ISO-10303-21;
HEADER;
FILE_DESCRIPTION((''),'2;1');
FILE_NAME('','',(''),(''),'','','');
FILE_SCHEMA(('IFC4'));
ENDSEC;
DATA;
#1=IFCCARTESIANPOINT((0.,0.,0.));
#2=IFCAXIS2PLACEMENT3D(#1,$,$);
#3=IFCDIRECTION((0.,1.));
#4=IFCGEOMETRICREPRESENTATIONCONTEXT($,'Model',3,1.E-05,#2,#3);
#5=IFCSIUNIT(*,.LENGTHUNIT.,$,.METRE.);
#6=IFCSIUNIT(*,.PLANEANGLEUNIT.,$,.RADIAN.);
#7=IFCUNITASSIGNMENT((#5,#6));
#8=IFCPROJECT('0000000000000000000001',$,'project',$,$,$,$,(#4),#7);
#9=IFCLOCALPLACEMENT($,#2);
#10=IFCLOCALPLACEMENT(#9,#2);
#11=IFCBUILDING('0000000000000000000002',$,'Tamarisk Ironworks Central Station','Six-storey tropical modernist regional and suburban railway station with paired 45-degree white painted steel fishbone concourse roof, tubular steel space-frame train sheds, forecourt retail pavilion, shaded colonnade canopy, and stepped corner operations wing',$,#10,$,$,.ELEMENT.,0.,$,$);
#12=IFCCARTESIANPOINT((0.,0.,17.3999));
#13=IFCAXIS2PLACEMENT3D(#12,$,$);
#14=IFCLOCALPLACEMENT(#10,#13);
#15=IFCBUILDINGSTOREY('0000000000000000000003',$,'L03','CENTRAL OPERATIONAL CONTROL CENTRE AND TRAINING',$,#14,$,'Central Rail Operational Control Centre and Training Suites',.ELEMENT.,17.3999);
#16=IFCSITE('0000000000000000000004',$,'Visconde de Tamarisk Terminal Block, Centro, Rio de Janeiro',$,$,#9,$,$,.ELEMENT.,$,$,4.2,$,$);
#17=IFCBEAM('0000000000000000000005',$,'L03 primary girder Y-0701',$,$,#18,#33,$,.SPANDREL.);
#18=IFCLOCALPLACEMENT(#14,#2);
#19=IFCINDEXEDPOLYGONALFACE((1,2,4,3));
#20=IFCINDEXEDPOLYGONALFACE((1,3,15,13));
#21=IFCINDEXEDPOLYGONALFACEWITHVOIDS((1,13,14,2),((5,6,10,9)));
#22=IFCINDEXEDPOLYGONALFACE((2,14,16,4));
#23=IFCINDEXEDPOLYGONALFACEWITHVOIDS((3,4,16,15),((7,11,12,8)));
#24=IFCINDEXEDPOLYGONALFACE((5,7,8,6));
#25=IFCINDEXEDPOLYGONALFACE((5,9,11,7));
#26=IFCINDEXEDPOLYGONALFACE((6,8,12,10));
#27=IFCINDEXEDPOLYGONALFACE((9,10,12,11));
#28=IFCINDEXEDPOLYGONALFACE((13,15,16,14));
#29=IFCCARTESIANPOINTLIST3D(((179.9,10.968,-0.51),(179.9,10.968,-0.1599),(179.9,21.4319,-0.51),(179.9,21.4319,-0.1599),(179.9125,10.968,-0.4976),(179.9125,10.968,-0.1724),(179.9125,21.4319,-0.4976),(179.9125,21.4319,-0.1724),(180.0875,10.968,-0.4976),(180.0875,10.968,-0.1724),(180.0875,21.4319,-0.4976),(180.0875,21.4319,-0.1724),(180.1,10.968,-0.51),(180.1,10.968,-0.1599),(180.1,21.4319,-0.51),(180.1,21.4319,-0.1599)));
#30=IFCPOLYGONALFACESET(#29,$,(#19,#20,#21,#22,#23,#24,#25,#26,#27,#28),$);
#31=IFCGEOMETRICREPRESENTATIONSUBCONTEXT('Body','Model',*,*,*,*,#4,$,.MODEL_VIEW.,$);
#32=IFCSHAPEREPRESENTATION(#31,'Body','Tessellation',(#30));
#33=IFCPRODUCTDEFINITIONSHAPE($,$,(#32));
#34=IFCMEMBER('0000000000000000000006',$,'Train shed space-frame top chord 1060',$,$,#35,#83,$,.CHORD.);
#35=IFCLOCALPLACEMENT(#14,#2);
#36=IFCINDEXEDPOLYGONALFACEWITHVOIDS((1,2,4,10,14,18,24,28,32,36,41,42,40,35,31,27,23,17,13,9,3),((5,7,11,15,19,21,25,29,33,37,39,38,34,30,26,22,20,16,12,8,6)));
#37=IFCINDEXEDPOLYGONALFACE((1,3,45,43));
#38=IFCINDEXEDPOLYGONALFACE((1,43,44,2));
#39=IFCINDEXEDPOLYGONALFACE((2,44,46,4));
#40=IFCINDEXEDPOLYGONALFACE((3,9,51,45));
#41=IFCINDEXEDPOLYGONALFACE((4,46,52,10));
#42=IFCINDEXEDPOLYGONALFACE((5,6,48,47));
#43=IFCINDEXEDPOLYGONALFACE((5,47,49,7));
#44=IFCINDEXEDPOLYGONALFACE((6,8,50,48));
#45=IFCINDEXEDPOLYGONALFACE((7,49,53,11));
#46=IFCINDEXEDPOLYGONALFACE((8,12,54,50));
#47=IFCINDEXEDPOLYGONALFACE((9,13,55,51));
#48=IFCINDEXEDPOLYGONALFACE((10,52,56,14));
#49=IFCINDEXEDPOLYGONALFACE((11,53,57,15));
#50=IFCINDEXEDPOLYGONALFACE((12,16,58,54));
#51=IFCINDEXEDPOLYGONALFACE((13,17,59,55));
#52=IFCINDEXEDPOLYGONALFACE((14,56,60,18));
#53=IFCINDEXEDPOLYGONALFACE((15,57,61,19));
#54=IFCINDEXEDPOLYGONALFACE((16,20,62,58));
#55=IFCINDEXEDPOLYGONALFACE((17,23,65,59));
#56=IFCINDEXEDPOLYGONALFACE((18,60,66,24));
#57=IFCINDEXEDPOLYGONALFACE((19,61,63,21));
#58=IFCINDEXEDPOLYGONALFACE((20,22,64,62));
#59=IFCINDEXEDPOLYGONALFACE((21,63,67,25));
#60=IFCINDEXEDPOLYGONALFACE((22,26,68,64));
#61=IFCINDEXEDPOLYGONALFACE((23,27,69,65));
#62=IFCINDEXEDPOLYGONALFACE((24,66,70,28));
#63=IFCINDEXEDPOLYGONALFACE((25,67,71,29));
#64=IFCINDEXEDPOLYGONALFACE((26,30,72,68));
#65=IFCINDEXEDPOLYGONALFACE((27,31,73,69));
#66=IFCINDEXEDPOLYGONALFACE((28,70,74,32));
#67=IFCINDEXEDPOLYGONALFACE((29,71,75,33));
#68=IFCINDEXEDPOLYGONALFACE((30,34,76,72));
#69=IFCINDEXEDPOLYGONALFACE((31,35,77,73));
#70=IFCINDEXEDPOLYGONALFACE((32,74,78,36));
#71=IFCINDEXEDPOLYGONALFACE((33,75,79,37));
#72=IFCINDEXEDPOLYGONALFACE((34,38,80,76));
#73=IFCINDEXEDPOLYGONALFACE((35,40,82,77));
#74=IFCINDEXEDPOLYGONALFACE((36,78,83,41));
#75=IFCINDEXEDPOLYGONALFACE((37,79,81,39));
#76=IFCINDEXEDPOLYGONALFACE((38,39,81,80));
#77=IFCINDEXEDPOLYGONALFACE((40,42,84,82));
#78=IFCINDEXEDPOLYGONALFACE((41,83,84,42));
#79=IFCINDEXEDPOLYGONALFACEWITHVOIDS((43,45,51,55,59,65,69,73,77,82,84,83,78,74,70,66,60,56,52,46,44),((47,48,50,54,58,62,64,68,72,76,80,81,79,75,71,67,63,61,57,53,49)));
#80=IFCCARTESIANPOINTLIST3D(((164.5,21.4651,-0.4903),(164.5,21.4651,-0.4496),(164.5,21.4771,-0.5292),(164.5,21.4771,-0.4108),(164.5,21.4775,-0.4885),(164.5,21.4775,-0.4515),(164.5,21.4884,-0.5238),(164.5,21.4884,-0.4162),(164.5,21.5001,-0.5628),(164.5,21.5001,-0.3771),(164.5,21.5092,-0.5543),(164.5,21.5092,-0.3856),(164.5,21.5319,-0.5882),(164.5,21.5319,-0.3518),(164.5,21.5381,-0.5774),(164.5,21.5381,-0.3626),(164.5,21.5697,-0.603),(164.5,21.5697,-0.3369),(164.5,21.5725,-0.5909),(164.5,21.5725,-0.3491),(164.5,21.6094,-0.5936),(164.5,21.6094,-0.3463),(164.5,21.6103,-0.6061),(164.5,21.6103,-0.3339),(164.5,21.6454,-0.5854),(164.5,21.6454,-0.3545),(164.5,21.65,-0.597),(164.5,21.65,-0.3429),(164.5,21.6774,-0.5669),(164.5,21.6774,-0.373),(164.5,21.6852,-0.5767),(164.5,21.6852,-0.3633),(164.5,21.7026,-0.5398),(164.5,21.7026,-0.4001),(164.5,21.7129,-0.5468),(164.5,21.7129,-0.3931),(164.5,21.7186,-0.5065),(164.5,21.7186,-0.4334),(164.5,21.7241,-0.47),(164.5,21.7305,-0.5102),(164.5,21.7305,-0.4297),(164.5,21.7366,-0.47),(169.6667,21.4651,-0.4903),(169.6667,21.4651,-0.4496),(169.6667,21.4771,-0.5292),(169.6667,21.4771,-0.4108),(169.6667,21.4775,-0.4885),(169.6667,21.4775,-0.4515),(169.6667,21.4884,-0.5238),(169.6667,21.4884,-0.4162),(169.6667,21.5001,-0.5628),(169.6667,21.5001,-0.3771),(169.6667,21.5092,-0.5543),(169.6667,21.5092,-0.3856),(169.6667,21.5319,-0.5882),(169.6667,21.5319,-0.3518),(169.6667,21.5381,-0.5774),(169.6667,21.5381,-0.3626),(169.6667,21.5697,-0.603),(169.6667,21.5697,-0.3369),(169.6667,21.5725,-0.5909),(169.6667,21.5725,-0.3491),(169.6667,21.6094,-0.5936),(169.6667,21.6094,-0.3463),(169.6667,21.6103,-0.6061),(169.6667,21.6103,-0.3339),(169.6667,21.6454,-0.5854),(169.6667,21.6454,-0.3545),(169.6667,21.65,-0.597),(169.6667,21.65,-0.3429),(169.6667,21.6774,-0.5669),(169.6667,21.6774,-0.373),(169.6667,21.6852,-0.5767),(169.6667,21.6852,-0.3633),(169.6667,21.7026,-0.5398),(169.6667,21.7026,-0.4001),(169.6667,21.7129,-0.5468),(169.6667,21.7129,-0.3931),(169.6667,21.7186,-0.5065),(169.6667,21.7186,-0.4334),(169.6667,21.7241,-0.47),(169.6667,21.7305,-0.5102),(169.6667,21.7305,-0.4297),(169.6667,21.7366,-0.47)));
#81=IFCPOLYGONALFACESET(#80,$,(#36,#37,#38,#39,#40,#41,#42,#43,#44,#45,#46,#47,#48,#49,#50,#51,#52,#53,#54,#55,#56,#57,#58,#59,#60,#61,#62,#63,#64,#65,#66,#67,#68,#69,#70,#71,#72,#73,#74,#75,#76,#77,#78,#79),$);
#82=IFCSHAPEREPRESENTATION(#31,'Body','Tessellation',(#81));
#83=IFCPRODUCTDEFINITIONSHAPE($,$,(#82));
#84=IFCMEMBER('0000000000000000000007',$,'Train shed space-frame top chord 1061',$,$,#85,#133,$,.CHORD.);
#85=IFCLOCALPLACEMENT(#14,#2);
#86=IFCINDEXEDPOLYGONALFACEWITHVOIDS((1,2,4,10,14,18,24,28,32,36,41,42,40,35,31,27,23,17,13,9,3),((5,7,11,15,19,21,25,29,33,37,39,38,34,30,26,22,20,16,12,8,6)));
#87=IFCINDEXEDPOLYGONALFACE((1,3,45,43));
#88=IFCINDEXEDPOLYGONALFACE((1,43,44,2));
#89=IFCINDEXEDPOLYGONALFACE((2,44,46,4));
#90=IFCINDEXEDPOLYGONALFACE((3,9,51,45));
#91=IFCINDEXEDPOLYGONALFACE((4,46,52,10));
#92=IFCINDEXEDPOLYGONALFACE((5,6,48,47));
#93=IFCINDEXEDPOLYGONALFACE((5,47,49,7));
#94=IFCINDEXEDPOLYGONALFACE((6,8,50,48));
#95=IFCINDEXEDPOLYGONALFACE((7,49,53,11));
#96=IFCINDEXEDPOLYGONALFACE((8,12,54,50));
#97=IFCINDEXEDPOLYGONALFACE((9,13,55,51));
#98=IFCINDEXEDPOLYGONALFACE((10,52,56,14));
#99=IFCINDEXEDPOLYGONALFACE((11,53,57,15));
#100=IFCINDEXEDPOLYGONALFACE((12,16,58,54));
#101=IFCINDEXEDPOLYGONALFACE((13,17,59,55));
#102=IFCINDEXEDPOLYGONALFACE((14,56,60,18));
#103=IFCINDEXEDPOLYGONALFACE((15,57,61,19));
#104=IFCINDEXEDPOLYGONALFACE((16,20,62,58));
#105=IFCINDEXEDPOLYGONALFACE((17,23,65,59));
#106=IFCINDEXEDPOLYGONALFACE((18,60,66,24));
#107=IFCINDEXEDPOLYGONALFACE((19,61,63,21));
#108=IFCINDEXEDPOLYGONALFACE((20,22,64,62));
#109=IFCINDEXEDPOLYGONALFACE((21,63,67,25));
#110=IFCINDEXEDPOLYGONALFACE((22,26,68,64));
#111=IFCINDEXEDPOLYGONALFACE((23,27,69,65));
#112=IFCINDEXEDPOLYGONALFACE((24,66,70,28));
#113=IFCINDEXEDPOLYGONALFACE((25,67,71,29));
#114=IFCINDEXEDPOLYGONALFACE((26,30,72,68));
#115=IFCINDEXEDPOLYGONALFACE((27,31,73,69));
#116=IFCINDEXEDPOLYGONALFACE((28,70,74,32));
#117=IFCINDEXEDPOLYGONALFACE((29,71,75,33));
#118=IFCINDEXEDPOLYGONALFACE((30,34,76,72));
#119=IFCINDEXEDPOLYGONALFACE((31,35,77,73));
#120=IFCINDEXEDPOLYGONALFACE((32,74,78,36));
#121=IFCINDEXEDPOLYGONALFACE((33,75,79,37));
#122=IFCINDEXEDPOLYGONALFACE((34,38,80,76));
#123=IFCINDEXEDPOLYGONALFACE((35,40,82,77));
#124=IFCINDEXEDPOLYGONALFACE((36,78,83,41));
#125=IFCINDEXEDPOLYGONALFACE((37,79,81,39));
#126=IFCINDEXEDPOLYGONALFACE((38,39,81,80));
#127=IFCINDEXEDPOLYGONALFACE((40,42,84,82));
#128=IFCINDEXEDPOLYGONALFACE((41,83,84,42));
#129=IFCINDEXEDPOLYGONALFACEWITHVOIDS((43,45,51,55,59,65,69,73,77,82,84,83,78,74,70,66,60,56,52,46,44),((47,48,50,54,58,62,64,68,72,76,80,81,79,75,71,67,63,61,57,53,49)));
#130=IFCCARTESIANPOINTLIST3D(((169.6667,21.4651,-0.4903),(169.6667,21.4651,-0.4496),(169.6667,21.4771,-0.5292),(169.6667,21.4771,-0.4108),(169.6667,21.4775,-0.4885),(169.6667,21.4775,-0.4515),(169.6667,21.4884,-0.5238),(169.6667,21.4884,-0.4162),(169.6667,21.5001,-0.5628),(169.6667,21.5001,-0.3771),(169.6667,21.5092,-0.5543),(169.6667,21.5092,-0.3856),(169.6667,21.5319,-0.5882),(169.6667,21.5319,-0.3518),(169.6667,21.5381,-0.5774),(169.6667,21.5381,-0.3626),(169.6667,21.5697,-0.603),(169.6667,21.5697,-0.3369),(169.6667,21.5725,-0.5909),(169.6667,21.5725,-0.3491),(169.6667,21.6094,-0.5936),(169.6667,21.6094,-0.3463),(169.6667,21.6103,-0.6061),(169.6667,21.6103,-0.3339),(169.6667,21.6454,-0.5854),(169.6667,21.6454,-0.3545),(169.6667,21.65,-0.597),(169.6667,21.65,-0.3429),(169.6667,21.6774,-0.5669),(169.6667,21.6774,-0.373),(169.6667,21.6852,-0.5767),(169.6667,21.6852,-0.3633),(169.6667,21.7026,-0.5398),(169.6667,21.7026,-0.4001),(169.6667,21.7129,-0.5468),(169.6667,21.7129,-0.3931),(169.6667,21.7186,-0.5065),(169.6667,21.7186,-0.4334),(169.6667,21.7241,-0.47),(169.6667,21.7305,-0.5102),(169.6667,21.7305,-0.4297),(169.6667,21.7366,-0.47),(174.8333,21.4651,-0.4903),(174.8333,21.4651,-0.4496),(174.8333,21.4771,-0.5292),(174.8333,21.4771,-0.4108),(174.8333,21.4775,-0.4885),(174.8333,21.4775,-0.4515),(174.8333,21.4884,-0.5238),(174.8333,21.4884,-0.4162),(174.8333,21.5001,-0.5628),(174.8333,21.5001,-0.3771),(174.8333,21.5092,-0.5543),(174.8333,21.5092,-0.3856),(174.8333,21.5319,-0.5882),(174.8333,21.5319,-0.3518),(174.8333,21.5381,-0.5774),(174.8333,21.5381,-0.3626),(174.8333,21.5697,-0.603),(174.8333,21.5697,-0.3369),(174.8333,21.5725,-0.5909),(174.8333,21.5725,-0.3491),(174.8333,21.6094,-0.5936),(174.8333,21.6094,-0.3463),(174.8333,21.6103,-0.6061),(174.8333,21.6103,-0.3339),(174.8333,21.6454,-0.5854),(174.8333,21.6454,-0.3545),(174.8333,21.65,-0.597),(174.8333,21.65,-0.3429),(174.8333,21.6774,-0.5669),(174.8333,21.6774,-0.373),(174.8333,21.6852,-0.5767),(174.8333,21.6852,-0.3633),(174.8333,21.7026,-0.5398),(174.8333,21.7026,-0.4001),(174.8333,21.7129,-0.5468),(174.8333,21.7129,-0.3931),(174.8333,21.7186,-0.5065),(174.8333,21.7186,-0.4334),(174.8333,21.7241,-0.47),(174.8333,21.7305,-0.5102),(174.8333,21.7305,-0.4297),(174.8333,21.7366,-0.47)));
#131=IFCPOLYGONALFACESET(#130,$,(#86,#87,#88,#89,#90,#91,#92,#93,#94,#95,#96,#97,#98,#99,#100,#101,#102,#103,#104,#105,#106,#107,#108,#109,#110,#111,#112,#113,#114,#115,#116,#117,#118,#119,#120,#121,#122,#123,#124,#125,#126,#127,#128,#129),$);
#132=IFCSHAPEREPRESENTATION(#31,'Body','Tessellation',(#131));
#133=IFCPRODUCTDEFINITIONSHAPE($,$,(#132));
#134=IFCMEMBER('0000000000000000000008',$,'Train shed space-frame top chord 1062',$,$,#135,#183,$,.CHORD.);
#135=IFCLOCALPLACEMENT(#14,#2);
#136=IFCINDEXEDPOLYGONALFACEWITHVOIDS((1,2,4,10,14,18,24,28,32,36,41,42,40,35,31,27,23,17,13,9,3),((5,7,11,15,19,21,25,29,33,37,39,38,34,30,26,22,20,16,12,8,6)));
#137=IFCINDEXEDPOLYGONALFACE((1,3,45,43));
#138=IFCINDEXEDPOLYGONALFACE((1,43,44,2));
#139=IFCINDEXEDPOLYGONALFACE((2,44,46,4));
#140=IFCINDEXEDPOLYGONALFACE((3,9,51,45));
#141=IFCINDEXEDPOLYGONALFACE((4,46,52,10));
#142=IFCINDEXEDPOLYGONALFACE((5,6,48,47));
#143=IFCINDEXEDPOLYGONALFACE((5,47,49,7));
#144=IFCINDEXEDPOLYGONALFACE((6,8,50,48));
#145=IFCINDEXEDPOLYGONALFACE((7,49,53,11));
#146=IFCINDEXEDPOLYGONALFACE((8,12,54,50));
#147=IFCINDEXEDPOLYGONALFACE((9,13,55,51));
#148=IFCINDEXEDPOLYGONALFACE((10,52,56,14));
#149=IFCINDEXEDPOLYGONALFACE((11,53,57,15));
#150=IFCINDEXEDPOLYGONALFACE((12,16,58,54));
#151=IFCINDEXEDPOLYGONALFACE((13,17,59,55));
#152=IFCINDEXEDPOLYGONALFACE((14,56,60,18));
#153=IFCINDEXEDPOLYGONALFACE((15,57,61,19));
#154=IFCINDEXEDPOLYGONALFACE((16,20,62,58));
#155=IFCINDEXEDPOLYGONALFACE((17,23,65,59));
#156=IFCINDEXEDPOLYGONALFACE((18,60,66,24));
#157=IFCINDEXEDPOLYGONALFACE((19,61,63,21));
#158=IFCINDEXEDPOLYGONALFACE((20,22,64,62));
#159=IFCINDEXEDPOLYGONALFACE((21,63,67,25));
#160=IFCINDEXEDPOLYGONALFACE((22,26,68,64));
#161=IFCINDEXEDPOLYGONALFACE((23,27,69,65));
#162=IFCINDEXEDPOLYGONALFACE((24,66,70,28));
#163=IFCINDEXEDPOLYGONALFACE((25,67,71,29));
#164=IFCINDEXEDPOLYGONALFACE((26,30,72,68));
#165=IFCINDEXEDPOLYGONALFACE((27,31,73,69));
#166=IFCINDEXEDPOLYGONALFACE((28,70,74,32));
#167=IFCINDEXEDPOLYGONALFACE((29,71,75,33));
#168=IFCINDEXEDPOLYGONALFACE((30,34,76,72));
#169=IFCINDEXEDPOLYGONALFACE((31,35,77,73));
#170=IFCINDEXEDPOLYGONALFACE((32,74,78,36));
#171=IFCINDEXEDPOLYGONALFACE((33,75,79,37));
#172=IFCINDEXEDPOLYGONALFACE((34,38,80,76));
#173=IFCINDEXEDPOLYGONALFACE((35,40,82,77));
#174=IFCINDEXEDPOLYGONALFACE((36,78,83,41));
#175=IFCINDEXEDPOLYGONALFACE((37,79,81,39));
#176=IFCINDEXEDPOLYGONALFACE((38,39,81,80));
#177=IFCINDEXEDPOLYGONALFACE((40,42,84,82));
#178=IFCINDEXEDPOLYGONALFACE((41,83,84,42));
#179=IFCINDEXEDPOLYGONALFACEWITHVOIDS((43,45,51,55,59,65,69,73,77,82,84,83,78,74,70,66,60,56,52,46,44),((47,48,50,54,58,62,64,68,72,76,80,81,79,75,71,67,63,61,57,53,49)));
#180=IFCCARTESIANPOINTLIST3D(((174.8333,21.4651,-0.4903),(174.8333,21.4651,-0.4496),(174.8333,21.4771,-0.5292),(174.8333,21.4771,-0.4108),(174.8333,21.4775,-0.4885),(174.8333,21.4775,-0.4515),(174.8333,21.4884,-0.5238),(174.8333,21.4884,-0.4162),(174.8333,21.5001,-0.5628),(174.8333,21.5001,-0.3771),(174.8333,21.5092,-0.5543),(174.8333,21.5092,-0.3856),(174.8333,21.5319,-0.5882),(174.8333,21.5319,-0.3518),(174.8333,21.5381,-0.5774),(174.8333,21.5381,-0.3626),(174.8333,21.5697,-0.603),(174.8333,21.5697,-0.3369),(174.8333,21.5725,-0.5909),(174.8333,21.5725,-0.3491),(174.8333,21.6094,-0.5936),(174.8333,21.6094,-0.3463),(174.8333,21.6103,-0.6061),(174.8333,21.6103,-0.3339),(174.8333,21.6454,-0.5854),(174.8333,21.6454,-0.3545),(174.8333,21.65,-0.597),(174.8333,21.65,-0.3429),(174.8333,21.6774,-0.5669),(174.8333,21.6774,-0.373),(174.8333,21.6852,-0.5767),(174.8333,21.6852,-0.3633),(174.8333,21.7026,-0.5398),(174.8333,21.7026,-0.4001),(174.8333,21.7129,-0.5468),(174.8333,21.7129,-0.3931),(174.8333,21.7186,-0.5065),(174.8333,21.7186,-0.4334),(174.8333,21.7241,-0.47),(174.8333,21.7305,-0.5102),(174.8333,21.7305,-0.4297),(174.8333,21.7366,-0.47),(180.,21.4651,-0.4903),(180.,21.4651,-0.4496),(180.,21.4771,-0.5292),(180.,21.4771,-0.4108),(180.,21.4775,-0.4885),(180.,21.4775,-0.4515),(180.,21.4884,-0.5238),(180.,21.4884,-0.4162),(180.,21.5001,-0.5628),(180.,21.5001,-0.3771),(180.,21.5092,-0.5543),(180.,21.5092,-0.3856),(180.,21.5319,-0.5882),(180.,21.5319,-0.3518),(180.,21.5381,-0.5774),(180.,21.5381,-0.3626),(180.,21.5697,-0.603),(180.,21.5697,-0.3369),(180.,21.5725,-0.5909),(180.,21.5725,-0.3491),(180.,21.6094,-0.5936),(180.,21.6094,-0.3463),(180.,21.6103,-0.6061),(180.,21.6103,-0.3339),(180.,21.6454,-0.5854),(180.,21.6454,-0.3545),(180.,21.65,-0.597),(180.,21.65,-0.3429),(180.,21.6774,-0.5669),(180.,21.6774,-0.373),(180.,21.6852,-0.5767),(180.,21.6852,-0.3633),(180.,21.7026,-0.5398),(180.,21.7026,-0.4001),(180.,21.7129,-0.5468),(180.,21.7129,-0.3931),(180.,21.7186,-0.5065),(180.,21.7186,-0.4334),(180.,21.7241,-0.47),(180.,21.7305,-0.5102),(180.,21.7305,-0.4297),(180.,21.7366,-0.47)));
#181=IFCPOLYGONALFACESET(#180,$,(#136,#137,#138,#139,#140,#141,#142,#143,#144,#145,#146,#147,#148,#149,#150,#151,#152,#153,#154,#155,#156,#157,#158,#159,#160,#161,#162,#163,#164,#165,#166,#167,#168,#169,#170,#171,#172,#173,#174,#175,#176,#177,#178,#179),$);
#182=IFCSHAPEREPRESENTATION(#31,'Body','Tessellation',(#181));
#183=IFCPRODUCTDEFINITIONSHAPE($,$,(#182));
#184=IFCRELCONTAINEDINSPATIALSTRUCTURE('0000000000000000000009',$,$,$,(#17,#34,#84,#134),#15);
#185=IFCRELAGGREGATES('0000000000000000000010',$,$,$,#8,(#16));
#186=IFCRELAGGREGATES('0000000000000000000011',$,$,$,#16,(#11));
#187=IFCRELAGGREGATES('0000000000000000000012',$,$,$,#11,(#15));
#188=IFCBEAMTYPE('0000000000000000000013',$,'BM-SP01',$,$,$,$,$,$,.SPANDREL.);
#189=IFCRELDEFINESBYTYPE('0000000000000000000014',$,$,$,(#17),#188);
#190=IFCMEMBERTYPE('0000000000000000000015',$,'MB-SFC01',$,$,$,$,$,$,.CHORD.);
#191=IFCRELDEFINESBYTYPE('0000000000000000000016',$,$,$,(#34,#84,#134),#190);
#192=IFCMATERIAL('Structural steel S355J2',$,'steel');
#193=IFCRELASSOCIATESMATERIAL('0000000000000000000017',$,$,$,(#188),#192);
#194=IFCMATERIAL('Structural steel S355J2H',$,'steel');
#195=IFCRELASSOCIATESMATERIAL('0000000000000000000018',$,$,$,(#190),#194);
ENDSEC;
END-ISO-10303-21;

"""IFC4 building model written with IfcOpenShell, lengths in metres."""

from ifc_helpers import new_model, si_unit, direction, frame, origin, origin_2d, place, context, subcontext, project, spatial, hollow_rectangle, hollow_circle, extrude, material, material_profile, profile_set, type_object, element, save


model = new_model("IFC4")

# Units and contexts
model_context = context("Model", 3, precision=1e-05, world=origin(), true_north=direction((0.0, 1.0)))
body_context = subcontext(model_context, "Body", "Model", "MODEL_VIEW")
ifc_project = project(units=[si_unit("LENGTHUNIT", "METRE"), si_unit("PLANEANGLEUNIT", "RADIAN")], contexts=[model_context])

# Site, building, storey
site_placement = place(None, origin())
site = spatial("IfcSite", under=ifc_project, at=site_placement, Name="Visconde de Tamarisk Terminal Block, Centro, Rio de Janeiro", CompositionType="ELEMENT", RefElevation=4.2)
building_placement = place(site_placement, origin())
building = spatial("IfcBuilding", under=site, at=building_placement, Name="Tamarisk Ironworks Central Station", Description="Six-storey tropical modernist regional and suburban railway station with paired 45-degree white painted steel fishbone concourse roof, tubular steel space-frame train sheds, forecourt retail pavilion, shaded colonnade canopy, and stepped corner operations wing", CompositionType="ELEMENT", ElevationOfRefHeight=0.0)
storey_placement = place(building_placement, frame((0.0, 0.0, 17.3999)))
storey = spatial("IfcBuildingStorey", under=building, at=storey_placement, Name="L03", Description="CENTRAL OPERATIONAL CONTROL CENTRE AND TRAINING", LongName="Central Rail Operational Control Centre and Training Suites", CompositionType="ELEMENT", Elevation=17.3999)

# Beam
ifc_material_1 = material(Name="Structural steel S355J2", Category="steel")
ifc_material_profile_1 = material_profile(ifc_material_1, hollow_rectangle(XDim=0.2, YDim=0.3501, WallThickness=0.0125, at=origin_2d()), Name="RHS 350x200x12.5")
ifc_profile_set_1 = profile_set([ifc_material_profile_1], Name="Structural steel S355J2")
beam_type_1 = type_object("IfcBeamType", Name="BM-SP01", PredefinedType="SPANDREL", material=ifc_profile_set_1)
beam_1_placement = place(storey_placement, frame((180.0, 10.968, -0.335), z_axis=(0.0, 1.0, 0.0), x_axis=(-1.0, 0.0, 0.0)))
element("IfcBeam", 1, at=beam_1_placement, inside=storey, type_object=beam_type_1, Name="L03 primary girder Y-0701", PredefinedType="SPANDREL", context=body_context, shape_type="SweptSolid", body=[
    extrude(hollow_rectangle(XDim=0.2, YDim=0.3501, WallThickness=0.0125, at=origin_2d()), origin(), (0.0, 0.0, 1.0), 10.4639),
])

# Members
ifc_material_2 = material(Name="Structural steel S355J2H", Category="steel")
ifc_material_profile_2 = material_profile(ifc_material_2, hollow_circle(Radius=0.1365, WallThickness=0.0125, at=origin_2d()), Name="CHS 273x12.5")
ifc_profile_set_2 = profile_set([ifc_material_profile_2], Name="Structural steel S355J2H")
member_type_1 = type_object("IfcMemberType", Name="MB-SFC01", PredefinedType="CHORD", material=ifc_profile_set_2)
member_1_placement = place(storey_placement, frame((164.5, 21.6001, -0.47), z_axis=(1.0, 0.0, 0.0), x_axis=(0.0, 1.0, 0.0)))
element("IfcMember", 2, at=member_1_placement, inside=storey, type_object=member_type_1, Name="Train shed space-frame top chord 1060", PredefinedType="CHORD", context=body_context, shape_type="SweptSolid", body=[
    extrude(hollow_circle(Radius=0.1365, WallThickness=0.0125, at=origin_2d()), origin(), (0.0, 0.0, 1.0), 5.1667),
])
member_2_placement = place(storey_placement, frame((169.6667, 21.6001, -0.47), z_axis=(1.0, 0.0, 0.0), x_axis=(0.0, 1.0, 0.0)))
element("IfcMember", 3, at=member_2_placement, inside=storey, type_object=member_type_1, Name="Train shed space-frame top chord 1061", PredefinedType="CHORD", context=body_context, shape_type="SweptSolid", body=[
    extrude(hollow_circle(Radius=0.1365, WallThickness=0.0125, at=origin_2d()), origin(), (0.0, 0.0, 1.0), 5.1665),
])
member_3_placement = place(storey_placement, frame((174.8333, 21.6001, -0.47), z_axis=(1.0, 0.0, 0.0), x_axis=(0.0, 1.0, 0.0)))
element("IfcMember", 4, at=member_3_placement, inside=storey, type_object=member_type_1, Name="Train shed space-frame top chord 1062", PredefinedType="CHORD", context=body_context, shape_type="SweptSolid", body=[
    extrude(hollow_circle(Radius=0.1365, WallThickness=0.0125, at=origin_2d()), origin(), (0.0, 0.0, 1.0), 5.1667),
])

save(model, "model.ifc")
